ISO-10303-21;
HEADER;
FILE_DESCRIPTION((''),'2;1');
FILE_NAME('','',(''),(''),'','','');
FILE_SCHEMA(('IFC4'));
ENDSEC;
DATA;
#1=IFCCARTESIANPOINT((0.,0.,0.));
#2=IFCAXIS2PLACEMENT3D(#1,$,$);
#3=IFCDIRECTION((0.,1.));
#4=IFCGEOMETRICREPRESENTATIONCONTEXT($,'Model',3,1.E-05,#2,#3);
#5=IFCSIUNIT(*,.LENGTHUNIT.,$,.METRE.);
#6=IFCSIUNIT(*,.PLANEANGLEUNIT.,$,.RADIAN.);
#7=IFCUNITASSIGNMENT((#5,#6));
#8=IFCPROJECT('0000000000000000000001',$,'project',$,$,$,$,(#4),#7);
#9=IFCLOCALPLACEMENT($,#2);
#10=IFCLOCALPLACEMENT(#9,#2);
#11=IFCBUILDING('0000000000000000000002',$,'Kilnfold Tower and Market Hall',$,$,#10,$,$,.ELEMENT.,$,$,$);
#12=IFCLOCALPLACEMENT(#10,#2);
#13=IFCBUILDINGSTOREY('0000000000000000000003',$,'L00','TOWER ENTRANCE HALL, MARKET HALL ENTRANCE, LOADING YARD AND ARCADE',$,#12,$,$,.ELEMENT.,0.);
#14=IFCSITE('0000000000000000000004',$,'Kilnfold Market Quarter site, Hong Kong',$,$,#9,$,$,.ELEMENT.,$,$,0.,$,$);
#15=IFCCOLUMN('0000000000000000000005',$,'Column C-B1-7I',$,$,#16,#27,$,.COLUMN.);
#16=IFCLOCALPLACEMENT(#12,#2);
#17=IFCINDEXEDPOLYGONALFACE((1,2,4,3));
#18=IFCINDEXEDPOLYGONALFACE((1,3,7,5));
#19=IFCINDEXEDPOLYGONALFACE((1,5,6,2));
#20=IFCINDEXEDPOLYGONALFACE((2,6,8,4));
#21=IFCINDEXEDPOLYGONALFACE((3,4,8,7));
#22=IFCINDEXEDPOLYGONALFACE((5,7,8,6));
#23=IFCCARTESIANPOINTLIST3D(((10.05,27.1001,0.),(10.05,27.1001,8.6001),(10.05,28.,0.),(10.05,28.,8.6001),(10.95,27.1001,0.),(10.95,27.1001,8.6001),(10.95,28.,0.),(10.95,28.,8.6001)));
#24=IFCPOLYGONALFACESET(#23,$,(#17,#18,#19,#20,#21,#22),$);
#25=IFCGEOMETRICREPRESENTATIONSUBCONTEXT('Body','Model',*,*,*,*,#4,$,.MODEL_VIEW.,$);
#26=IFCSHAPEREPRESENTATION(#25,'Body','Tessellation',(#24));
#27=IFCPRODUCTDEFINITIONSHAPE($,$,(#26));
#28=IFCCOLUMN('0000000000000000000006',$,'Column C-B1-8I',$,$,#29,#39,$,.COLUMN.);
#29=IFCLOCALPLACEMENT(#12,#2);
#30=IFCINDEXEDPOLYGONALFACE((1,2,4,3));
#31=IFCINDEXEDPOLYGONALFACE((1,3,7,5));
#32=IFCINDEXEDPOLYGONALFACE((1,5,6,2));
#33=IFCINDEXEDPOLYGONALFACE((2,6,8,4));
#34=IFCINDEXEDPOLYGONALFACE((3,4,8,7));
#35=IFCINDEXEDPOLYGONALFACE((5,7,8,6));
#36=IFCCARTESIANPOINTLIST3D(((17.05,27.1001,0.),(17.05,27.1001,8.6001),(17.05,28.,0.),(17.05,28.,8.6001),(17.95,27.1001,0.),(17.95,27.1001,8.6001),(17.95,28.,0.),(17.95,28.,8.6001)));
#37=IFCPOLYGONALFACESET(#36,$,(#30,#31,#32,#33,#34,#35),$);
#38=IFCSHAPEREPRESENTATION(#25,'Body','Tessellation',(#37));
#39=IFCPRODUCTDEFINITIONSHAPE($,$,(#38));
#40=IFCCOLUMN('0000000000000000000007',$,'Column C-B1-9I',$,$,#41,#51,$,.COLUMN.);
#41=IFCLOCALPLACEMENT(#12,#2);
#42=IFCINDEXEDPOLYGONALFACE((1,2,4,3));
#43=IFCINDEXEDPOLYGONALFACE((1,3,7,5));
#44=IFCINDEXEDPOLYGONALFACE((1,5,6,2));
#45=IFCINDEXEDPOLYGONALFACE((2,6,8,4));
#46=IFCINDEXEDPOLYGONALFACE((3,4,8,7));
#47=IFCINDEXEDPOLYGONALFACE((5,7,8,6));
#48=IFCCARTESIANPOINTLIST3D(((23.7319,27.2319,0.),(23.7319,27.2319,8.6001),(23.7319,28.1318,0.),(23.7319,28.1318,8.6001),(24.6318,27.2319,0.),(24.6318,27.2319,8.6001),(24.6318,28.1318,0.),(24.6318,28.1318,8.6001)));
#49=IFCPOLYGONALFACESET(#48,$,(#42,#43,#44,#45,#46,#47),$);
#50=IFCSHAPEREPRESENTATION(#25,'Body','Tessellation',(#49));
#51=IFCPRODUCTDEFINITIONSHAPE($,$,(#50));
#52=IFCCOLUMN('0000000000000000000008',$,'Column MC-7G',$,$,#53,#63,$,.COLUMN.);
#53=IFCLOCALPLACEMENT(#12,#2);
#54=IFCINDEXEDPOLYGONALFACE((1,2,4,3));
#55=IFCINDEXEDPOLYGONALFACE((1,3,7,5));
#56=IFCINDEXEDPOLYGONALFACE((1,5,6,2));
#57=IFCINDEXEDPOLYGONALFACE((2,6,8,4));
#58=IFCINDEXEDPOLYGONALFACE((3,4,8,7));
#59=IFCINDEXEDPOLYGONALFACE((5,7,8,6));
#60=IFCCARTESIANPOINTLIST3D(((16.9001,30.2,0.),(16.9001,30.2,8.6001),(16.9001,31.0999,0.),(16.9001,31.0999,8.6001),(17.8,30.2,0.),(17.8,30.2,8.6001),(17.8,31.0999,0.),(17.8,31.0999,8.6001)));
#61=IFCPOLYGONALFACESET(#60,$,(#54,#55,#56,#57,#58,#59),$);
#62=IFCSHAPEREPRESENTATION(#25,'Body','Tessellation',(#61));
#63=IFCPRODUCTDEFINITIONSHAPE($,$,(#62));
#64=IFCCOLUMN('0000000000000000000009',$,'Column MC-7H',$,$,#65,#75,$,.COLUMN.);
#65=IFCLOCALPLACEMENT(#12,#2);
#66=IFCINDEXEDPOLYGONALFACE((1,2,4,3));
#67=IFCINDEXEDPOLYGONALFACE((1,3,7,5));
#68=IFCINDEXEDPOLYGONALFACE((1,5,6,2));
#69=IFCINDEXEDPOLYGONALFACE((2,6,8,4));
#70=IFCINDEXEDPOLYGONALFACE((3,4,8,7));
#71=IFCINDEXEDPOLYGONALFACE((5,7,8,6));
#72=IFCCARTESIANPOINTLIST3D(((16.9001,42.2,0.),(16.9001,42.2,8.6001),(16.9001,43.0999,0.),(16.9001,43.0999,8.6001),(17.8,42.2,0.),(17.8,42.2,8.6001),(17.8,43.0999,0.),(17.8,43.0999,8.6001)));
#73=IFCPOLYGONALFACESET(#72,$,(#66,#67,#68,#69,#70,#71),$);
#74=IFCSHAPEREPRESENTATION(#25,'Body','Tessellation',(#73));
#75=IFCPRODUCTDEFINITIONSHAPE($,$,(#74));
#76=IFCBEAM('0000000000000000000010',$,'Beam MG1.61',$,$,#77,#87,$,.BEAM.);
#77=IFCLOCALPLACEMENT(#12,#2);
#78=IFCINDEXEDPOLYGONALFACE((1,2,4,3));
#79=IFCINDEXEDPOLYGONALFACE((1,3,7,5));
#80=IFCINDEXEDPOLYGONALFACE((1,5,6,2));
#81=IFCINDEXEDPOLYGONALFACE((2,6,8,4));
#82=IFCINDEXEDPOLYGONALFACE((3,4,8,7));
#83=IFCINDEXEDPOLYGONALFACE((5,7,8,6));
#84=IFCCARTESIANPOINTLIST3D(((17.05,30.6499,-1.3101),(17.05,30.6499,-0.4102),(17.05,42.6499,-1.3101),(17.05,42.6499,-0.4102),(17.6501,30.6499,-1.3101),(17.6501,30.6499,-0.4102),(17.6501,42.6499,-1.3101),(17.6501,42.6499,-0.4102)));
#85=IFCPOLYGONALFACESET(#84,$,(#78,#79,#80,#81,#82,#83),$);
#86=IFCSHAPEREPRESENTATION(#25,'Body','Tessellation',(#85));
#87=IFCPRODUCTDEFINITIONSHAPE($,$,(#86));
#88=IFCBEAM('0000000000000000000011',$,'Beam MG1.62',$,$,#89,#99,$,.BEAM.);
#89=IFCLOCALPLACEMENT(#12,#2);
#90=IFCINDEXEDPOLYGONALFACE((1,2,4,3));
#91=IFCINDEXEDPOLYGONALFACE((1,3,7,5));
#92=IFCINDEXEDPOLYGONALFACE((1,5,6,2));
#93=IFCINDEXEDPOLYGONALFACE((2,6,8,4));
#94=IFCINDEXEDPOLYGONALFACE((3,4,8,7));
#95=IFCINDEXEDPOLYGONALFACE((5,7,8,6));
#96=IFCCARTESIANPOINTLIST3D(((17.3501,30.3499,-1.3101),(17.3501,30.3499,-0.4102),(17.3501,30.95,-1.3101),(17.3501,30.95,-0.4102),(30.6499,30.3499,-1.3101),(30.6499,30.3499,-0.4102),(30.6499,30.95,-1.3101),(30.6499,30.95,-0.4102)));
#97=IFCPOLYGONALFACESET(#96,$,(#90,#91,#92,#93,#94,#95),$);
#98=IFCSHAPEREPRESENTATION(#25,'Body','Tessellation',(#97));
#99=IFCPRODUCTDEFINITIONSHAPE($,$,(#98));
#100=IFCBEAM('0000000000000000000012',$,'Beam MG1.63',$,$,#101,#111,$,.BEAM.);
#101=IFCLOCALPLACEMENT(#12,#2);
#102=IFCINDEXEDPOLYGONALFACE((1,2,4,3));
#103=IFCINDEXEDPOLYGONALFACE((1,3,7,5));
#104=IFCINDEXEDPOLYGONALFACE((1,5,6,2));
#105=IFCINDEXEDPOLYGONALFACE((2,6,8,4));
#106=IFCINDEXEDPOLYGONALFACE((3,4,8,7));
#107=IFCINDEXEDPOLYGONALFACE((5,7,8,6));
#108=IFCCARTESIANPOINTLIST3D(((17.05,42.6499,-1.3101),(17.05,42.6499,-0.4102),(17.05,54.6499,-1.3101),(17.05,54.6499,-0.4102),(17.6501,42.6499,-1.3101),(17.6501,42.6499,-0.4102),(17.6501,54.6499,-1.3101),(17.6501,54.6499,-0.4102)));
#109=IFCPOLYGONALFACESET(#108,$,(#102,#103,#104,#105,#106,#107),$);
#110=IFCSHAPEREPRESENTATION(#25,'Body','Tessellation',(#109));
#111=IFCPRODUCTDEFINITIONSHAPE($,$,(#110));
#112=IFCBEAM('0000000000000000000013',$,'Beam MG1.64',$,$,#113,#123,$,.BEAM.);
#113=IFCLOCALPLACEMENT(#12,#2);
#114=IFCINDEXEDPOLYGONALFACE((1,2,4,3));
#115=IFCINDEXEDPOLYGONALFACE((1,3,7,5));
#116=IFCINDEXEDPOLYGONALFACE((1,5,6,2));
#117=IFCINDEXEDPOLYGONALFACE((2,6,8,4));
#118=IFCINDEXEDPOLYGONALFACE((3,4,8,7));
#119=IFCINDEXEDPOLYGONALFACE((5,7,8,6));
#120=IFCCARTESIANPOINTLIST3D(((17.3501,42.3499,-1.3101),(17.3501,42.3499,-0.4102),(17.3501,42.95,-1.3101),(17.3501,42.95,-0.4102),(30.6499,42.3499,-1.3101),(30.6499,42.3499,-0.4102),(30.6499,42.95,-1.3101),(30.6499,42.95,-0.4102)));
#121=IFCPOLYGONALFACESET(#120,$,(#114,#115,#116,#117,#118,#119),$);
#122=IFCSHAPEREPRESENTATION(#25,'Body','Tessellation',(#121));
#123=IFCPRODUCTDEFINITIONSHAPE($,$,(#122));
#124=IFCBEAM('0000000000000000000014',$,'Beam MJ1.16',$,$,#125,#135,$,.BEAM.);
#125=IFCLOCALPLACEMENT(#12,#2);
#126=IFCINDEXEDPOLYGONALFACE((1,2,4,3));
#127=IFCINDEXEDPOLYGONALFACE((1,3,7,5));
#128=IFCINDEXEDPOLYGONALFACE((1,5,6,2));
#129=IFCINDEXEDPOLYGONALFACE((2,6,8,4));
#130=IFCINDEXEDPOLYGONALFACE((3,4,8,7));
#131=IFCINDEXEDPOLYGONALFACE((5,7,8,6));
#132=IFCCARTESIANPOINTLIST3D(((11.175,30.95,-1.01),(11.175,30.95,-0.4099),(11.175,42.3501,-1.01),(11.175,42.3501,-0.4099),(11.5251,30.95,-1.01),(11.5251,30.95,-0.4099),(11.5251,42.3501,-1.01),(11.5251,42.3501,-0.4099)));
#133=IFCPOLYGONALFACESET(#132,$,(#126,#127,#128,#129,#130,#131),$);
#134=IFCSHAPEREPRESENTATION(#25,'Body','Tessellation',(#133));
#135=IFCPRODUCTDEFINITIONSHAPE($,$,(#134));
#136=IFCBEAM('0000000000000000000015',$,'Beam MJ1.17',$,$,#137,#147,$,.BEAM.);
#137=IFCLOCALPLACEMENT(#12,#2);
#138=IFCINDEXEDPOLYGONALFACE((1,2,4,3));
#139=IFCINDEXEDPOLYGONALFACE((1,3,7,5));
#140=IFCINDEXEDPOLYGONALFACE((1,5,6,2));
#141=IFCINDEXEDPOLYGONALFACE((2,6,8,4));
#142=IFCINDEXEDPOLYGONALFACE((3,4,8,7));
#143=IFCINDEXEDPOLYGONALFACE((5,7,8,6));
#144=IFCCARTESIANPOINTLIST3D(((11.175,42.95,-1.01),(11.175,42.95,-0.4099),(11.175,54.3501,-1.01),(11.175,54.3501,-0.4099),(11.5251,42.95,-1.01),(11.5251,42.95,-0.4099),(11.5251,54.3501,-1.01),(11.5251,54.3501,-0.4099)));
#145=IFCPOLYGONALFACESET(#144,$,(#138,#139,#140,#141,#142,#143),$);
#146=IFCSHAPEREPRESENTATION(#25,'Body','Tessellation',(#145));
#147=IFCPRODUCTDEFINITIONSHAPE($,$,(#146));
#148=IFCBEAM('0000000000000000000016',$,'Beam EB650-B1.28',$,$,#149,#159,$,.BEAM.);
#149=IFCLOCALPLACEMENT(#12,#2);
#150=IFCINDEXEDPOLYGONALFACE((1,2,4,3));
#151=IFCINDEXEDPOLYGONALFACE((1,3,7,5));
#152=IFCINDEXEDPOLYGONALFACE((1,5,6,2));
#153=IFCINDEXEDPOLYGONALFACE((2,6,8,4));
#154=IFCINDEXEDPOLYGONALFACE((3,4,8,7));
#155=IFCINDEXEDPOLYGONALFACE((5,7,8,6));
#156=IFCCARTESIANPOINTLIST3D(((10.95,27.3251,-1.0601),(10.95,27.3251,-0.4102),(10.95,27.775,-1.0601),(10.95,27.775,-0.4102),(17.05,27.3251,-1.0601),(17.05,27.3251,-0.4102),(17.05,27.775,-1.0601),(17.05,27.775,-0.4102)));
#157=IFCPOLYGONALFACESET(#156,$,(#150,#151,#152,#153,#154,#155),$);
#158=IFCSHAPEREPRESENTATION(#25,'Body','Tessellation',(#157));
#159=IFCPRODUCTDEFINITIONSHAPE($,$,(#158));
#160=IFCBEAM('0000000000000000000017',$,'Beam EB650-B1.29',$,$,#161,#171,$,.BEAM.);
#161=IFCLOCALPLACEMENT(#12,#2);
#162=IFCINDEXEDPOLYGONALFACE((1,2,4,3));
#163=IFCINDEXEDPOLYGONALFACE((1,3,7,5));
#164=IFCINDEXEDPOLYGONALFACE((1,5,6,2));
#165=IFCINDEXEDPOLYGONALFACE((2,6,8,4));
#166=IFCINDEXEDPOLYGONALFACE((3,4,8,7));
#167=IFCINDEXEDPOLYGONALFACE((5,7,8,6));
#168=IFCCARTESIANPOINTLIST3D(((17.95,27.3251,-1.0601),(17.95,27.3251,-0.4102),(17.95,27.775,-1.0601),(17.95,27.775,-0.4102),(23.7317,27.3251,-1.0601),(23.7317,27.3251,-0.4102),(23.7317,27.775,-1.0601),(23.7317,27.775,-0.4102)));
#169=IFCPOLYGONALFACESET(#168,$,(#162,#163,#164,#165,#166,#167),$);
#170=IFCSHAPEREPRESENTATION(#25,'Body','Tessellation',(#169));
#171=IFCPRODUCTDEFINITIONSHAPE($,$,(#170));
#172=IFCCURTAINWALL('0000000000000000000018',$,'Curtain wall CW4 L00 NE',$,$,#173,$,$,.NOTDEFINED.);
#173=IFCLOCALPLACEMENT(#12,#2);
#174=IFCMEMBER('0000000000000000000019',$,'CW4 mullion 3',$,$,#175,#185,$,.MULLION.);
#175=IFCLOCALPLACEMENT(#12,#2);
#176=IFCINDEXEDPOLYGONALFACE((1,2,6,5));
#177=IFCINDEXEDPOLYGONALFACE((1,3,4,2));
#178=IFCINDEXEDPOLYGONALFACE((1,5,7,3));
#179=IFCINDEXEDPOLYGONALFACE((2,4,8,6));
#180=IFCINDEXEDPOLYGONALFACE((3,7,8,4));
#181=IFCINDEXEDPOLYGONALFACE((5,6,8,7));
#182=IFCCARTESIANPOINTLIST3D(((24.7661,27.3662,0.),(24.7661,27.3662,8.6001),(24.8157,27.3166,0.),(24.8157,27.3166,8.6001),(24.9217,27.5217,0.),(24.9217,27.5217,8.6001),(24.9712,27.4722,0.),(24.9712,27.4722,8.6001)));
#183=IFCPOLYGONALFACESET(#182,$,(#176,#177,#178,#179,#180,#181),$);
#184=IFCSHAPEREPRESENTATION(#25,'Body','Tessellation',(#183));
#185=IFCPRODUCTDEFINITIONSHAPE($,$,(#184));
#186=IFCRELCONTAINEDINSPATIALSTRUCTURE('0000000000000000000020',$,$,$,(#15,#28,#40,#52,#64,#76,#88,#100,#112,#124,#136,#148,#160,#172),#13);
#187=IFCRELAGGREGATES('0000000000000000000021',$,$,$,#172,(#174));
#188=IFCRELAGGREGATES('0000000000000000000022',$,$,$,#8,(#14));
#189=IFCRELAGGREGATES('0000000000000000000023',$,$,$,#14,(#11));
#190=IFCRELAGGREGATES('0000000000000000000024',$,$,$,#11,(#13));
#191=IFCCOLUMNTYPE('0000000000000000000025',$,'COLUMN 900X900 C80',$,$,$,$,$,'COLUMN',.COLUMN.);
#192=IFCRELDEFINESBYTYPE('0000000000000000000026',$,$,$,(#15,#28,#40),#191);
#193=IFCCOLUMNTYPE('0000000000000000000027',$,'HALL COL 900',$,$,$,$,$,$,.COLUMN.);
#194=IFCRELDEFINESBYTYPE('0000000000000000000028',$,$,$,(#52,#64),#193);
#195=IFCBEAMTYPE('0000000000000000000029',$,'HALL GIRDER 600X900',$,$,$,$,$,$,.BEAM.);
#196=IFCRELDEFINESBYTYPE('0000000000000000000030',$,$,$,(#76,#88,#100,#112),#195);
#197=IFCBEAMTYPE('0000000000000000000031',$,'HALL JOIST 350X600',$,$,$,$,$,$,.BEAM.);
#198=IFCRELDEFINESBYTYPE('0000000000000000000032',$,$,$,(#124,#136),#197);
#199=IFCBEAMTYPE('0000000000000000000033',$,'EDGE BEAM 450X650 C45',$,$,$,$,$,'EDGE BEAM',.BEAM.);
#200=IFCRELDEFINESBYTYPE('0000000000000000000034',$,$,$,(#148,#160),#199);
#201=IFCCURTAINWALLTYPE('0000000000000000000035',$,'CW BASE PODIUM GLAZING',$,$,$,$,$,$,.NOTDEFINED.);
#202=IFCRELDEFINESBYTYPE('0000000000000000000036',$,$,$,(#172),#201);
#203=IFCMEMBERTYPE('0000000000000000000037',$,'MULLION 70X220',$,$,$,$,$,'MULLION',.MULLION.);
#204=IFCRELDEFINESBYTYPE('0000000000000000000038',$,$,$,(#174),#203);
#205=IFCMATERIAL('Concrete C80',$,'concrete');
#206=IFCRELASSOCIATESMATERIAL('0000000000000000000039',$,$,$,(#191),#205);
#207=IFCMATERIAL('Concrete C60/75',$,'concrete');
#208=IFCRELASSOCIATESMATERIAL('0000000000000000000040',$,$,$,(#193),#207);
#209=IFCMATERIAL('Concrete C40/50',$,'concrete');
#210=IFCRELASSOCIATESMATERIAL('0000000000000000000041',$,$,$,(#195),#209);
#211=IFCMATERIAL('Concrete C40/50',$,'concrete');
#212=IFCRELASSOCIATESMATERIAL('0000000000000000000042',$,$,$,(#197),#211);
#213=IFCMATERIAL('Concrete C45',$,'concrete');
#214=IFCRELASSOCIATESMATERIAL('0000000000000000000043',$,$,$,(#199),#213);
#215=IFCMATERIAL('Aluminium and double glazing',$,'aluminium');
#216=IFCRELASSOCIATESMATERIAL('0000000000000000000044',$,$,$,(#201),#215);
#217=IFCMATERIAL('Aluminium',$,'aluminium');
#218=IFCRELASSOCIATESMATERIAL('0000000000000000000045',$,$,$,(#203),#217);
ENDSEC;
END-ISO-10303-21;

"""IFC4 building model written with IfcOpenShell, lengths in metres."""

from ifc_helpers import new_model, si_unit, direction, frame, origin, origin_2d, place, context, subcontext, project, spatial, rectangle, extrude, source, transform, mapped, material, material_profile, profile_set, type_object, element, aggregate, save


model = new_model("IFC4")

# Units and contexts
model_context = context("Model", 3, precision=1e-05, world=origin(), true_north=direction((0.0, 1.0)))
body_context = subcontext(model_context, "Body", "Model", "MODEL_VIEW")
ifc_project = project(units=[si_unit("LENGTHUNIT", "METRE"), si_unit("PLANEANGLEUNIT", "RADIAN")], contexts=[model_context])

# Site, building, storey
site_placement = place(None, origin())
site = spatial("IfcSite", under=ifc_project, at=site_placement, Name="Kilnfold Market Quarter site, Hong Kong", CompositionType="ELEMENT", RefElevation=0.0)
building_placement = place(site_placement, origin())
building = spatial("IfcBuilding", under=site, at=building_placement, Name="Kilnfold Tower and Market Hall", CompositionType="ELEMENT")
storey_placement = place(building_placement, origin())
storey = spatial("IfcBuildingStorey", under=building, at=storey_placement, Name="L00", Description="TOWER ENTRANCE HALL, MARKET HALL ENTRANCE, LOADING YARD AND ARCADE", CompositionType="ELEMENT", Elevation=0.0)

# Columns
ifc_material_1 = material(Name="Concrete C80", Category="concrete")
ifc_material_profile_1 = material_profile(ifc_material_1, rectangle(XDim=0.8999, YDim=0.8999, at=origin_2d()), Name="RC 900x900")
ifc_profile_set_1 = profile_set([ifc_material_profile_1], Name="Concrete C80")
column_type_1 = type_object("IfcColumnType", Name="COLUMN 900X900 C80", ElementType="COLUMN", PredefinedType="COLUMN", material=ifc_profile_set_1)
shared_shape_1 = source(origin(), body_context, "Body", "SweptSolid", [
    extrude(rectangle(XDim=0.8999, YDim=0.8999, at=origin_2d()), origin(), (0.0, 0.0, 1.0), 8.6001),
])
for number, where, z_axis, x_axis, name in (
    (1, (10.5, 27.55, 0.0), (0.0, 0.0, 1.0), (1.0, 0.0, 0.0), "Column C-B1-7I"),
    (2, (17.5, 27.55, 0.0), (0.0, 0.0, 1.0), (1.0, 0.0, 0.0), "Column C-B1-8I"),
    (3, (24.1819, 27.6819, 0.0), (0.0, 0.0, 1.0), (1.0, 0.0, 0.0), "Column C-B1-9I"),
):
    element("IfcColumn", number, at=place(storey_placement, frame(where, z_axis=z_axis, x_axis=x_axis)), inside=storey, type_object=column_type_1, Name=name, PredefinedType="COLUMN", context=body_context, shape_type="MappedRepresentation", body=[
        mapped(shared_shape_1, transform((0.0, 0.0, 0.0))),
    ])
ifc_material_2 = material(Name="Concrete C60/75", Category="concrete")
ifc_material_profile_2 = material_profile(ifc_material_2, rectangle(XDim=0.8999, YDim=0.8999, at=origin_2d()), Name="RC 900x900")
ifc_profile_set_2 = profile_set([ifc_material_profile_2], Name="Concrete C60/75")
column_type_2 = type_object("IfcColumnType", Name="HALL COL 900", PredefinedType="COLUMN", material=ifc_profile_set_2)
shared_shape_2 = source(origin(), body_context, "Body", "SweptSolid", [
    extrude(rectangle(XDim=0.8999, YDim=0.8999, at=origin_2d()), origin(), (0.0, 0.0, 1.0), 8.6001),
])
for number, where, z_axis, x_axis, name in (
    (4, (17.3501, 30.6499, 0.0), (0.0, 0.0, 1.0), (1.0, 0.0, 0.0), "Column MC-7G"),
    (5, (17.3501, 42.6499, 0.0), (0.0, 0.0, 1.0), (1.0, 0.0, 0.0), "Column MC-7H"),
):
    element("IfcColumn", number, at=place(storey_placement, frame(where, z_axis=z_axis, x_axis=x_axis)), inside=storey, type_object=column_type_2, Name=name, PredefinedType="COLUMN", context=body_context, shape_type="MappedRepresentation", body=[
        mapped(shared_shape_2, transform((0.0, 0.0, 0.0))),
    ])

# Beams
ifc_material_3 = material(Name="Concrete C40/50", Category="concrete")
ifc_material_profile_3 = material_profile(ifc_material_3, rectangle(XDim=0.6001, YDim=0.8999, at=origin_2d()), Name="RC 600x900")
ifc_profile_set_3 = profile_set([ifc_material_profile_3], Name="Concrete C40/50")
beam_type_1 = type_object("IfcBeamType", Name="HALL GIRDER 600X900", PredefinedType="BEAM", material=ifc_profile_set_3)
beam_1_placement = place(storey_placement, frame((17.3501, 30.6499, -0.8601), z_axis=(0.0, 1.0, 0.0), x_axis=(-1.0, 0.0, 0.0)))
element("IfcBeam", 6, at=beam_1_placement, inside=storey, type_object=beam_type_1, Name="Beam MG1.61", PredefinedType="BEAM", context=body_context, shape_type="SweptSolid", body=[
    extrude(rectangle(XDim=0.6001, YDim=0.8999, at=origin_2d()), origin(), (0.0, 0.0, 1.0), 12.0),
])
beam_2_placement = place(storey_placement, frame((17.3501, 30.6499, -0.8601), z_axis=(1.0, 0.0, 0.0), x_axis=(0.0, 1.0, 0.0)))
element("IfcBeam", 7, at=beam_2_placement, inside=storey, type_object=beam_type_1, Name="Beam MG1.62", PredefinedType="BEAM", context=body_context, shape_type="SweptSolid", body=[
    extrude(rectangle(XDim=0.6001, YDim=0.8999, at=origin_2d()), origin(), (0.0, 0.0, 1.0), 13.2998),
])
beam_3_placement = place(storey_placement, frame((17.3501, 42.6499, -0.8601), z_axis=(0.0, 1.0, 0.0), x_axis=(-1.0, 0.0, 0.0)))
element("IfcBeam", 8, at=beam_3_placement, inside=storey, type_object=beam_type_1, Name="Beam MG1.63", PredefinedType="BEAM", context=body_context, shape_type="SweptSolid", body=[
    extrude(rectangle(XDim=0.6001, YDim=0.8999, at=origin_2d()), origin(), (0.0, 0.0, 1.0), 12.0),
])
beam_4_placement = place(storey_placement, frame((17.3501, 42.6499, -0.8601), z_axis=(1.0, 0.0, 0.0), x_axis=(0.0, 1.0, 0.0)))
element("IfcBeam", 9, at=beam_4_placement, inside=storey, type_object=beam_type_1, Name="Beam MG1.64", PredefinedType="BEAM", context=body_context, shape_type="SweptSolid", body=[
    extrude(rectangle(XDim=0.6001, YDim=0.8999, at=origin_2d()), origin(), (0.0, 0.0, 1.0), 13.2998),
])
ifc_material_4 = material(Name="Concrete C40/50", Category="concrete")
ifc_material_profile_4 = material_profile(ifc_material_4, rectangle(XDim=0.3501, YDim=0.6001, at=origin_2d()), Name="RC 350x600")
ifc_profile_set_4 = profile_set([ifc_material_profile_4], Name="Concrete C40/50")
beam_type_2 = type_object("IfcBeamType", Name="HALL JOIST 350X600", PredefinedType="BEAM", material=ifc_profile_set_4)
for number, where, z_axis, x_axis, name in (
    (10, (11.3501, 30.95, -0.71), (0.0, 1.0, 0.0), (-1.0, 0.0, 0.0), "Beam MJ1.16"),
    (11, (11.3501, 42.95, -0.71), (0.0, 1.0, 0.0), (-1.0, 0.0, 0.0), "Beam MJ1.17"),
):
    element("IfcBeam", number, at=place(storey_placement, frame(where, z_axis=z_axis, x_axis=x_axis)), inside=storey, type_object=beam_type_2, Name=name, PredefinedType="BEAM", context=body_context, shape_type="SweptSolid", body=[
        extrude(rectangle(XDim=0.3501, YDim=0.6001, at=origin_2d()), origin(), (0.0, 0.0, 1.0), 11.4001),
    ])
ifc_material_5 = material(Name="Concrete C45", Category="concrete")
ifc_material_profile_5 = material_profile(ifc_material_5, rectangle(XDim=0.45, YDim=0.6499, at=origin_2d()), Name="RC 450x650")
ifc_profile_set_5 = profile_set([ifc_material_profile_5], Name="Concrete C45")
beam_type_3 = type_object("IfcBeamType", Name="EDGE BEAM 450X650 C45", ElementType="EDGE BEAM", PredefinedType="BEAM", material=ifc_profile_set_5)
shared_shape_3 = source(origin(), body_context, "Body", "SweptSolid", [
    extrude(rectangle(XDim=0.45, YDim=0.6499, at=origin_2d()), origin(), (0.0, 0.0, 1.0), 6.1001),
])
beam_5_placement = place(storey_placement, frame((10.95, 27.55, -0.7351), z_axis=(1.0, 0.0, 0.0), x_axis=(0.0, 1.0, 0.0)))
element("IfcBeam", 12, at=beam_5_placement, inside=storey, type_object=beam_type_3, Name="Beam EB650-B1.28", PredefinedType="BEAM", context=body_context, shape_type="MappedRepresentation", body=[
    mapped(shared_shape_3, transform((0.0, 0.0, 0.0))),
])
shared_shape_4 = source(origin(), body_context, "Body", "SweptSolid", [
    extrude(rectangle(XDim=0.45, YDim=0.6499, at=origin_2d()), origin(), (0.0, 0.0, 1.0), 5.7817),
])
beam_6_placement = place(storey_placement, frame((17.95, 27.55, -0.7351), z_axis=(1.0, 0.0, 0.0), x_axis=(0.0, 1.0, 0.0)))
element("IfcBeam", 13, at=beam_6_placement, inside=storey, type_object=beam_type_3, Name="Beam EB650-B1.29", PredefinedType="BEAM", context=body_context, shape_type="MappedRepresentation", body=[
    mapped(shared_shape_4, transform((0.0, 0.0, 0.0))),
])

# Curtain wall, member
ifc_material_6 = material(Name="Aluminium and double glazing", Category="aluminium")
curtain_wall_type = type_object("IfcCurtainWallType", Name="CW BASE PODIUM GLAZING", PredefinedType="NOTDEFINED", material=ifc_material_6)
curtain_wall_placement = place(storey_placement, origin())
curtain_wall = element("IfcCurtainWall", 14, at=curtain_wall_placement, inside=storey, type_object=curtain_wall_type, Name="Curtain wall CW4 L00 NE", PredefinedType="NOTDEFINED")
ifc_material_7 = material(Name="Aluminium", Category="aluminium")
ifc_material_profile_6 = material_profile(ifc_material_7, rectangle(XDim=0.0701, YDim=0.22, at=origin_2d()), Name="MULLION 70x220")
ifc_profile_set_6 = profile_set([ifc_material_profile_6], Name="Aluminium")
member_type = type_object("IfcMemberType", Name="MULLION 70X220", ElementType="MULLION", PredefinedType="MULLION", material=ifc_profile_set_6)
shared_shape_5 = source(origin(), body_context, "Body", "SweptSolid", [
    extrude(rectangle(XDim=0.0701, YDim=0.22, at=origin_2d()), origin(), (0.0, 0.0, 1.0), 8.6001),
])
member_placement = place(storey_placement, frame((24.8687, 27.4192, 0.0), z_axis=(0.0, 0.0, 1.0), x_axis=(-0.707092, 0.707122, 0.0)))
member = element("IfcMember", 15, at=member_placement, type_object=member_type, Name="CW4 mullion 3", PredefinedType="MULLION", context=body_context, shape_type="MappedRepresentation", body=[
    mapped(shared_shape_5, transform((0.0, 0.0, 0.0))),
])
aggregate(curtain_wall, [member])

save(model, "model.ifc")
